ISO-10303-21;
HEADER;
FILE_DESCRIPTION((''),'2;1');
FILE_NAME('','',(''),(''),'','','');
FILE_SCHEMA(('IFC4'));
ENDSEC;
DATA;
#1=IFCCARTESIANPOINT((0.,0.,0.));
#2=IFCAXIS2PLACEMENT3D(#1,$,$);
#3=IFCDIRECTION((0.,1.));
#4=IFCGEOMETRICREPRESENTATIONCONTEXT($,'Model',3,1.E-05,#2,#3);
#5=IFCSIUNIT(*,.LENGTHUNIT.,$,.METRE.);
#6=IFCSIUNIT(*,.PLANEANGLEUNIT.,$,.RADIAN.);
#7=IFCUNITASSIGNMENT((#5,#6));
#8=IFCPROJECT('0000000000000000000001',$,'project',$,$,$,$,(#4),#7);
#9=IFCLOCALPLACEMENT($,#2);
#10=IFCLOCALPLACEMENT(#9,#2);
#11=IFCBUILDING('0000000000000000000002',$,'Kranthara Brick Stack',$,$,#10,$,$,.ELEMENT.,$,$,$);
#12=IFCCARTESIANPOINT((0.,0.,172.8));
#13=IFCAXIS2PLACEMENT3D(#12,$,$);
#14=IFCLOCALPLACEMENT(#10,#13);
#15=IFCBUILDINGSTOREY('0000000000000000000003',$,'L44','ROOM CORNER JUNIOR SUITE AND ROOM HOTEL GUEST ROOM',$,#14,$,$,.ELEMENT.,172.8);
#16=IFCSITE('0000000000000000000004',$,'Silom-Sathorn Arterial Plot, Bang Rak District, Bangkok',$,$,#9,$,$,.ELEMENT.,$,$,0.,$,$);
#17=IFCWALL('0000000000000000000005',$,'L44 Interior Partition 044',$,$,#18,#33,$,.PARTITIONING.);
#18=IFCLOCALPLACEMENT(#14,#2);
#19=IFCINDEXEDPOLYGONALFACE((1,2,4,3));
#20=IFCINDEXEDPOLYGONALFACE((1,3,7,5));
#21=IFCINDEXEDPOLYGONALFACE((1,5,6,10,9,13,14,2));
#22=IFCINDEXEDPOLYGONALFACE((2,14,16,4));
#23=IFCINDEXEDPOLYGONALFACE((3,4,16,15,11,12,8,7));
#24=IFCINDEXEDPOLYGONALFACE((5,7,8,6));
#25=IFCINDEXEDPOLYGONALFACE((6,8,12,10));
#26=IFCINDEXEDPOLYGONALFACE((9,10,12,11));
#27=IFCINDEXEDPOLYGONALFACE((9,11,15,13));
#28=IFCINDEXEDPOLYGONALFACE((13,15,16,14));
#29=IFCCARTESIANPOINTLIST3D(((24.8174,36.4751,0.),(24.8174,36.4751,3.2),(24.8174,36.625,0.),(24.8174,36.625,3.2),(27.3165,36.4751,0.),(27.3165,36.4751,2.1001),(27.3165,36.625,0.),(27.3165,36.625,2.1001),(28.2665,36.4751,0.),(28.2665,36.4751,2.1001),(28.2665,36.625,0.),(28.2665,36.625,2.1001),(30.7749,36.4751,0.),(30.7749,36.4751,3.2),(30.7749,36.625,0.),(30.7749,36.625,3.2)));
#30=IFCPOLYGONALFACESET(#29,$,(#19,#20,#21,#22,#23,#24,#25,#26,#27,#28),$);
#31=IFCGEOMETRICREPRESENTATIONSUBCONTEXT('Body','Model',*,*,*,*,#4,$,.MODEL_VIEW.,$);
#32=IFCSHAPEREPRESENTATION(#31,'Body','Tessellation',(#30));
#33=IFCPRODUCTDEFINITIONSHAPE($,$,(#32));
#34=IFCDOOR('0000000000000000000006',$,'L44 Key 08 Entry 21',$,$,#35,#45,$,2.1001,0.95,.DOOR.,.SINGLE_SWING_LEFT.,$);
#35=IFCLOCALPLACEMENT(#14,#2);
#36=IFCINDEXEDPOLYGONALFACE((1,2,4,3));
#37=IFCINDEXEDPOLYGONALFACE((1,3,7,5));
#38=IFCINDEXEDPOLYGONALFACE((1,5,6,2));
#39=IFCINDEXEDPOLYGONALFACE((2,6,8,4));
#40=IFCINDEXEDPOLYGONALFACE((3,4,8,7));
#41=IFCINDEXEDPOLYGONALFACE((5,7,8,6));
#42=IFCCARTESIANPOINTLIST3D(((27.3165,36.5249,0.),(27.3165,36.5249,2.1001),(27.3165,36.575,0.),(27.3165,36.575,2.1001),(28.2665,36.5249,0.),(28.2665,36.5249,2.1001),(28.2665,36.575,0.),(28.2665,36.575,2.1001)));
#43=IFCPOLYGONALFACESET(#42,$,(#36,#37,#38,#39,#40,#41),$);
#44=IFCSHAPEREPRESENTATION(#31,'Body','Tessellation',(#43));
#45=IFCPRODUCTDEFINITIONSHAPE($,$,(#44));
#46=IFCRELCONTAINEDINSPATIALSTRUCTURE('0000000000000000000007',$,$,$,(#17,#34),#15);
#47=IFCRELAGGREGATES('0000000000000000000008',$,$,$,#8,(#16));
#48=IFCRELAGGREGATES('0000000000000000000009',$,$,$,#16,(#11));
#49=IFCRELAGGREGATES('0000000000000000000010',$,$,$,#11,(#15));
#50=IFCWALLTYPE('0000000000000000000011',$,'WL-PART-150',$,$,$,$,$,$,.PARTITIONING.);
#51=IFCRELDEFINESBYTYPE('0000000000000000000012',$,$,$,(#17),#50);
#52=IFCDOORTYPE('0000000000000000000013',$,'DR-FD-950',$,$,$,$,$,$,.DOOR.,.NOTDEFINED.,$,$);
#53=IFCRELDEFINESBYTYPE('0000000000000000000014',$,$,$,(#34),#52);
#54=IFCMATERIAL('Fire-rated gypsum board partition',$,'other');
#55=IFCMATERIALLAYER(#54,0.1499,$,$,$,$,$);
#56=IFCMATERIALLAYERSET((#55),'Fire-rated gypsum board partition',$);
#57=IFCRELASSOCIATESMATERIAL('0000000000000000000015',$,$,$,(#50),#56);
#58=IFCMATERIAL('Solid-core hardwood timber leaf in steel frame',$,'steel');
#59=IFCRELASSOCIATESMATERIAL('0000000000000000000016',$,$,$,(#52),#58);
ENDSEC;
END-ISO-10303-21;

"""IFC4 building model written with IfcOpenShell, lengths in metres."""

from ifc_helpers import new_model, si_unit, direction, frame, frame_2d, origin, place, context, subcontext, project, spatial, rectangle, extrude, material, layer, layer_set, type_object, element, fill, save


model = new_model("IFC4")

# Units and contexts
model_context = context("Model", 3, precision=1e-05, world=origin(), true_north=direction((0.0, 1.0)))
body_context = subcontext(model_context, "Body", "Model", "MODEL_VIEW")
ifc_project = project(units=[si_unit("LENGTHUNIT", "METRE"), si_unit("PLANEANGLEUNIT", "RADIAN")], contexts=[model_context])

# Site, building, storey
site_placement = place(None, origin())
site = spatial("IfcSite", under=ifc_project, at=site_placement, Name="Silom-Sathorn Arterial Plot, Bang Rak District, Bangkok", CompositionType="ELEMENT", RefElevation=0.0)
building_placement = place(site_placement, origin())
building = spatial("IfcBuilding", under=site, at=building_placement, Name="Kranthara Brick Stack", CompositionType="ELEMENT")
storey_placement = place(building_placement, frame((0.0, 0.0, 172.8)))
storey = spatial("IfcBuildingStorey", under=building, at=storey_placement, Name="L44", Description="ROOM CORNER JUNIOR SUITE AND ROOM HOTEL GUEST ROOM", CompositionType="ELEMENT", Elevation=172.8)

# Shared definitions
ifc_material_1 = material(Name="Fire-rated gypsum board partition", Category="other")
ifc_layer_1 = layer(ifc_material_1, 0.1499)
ifc_layer_set_1 = layer_set([ifc_layer_1], Name="Fire-rated gypsum board partition")
wall_type_1 = type_object("IfcWallType", Name="WL-PART-150", PredefinedType="PARTITIONING", material=ifc_layer_set_1)

# Shared definitions
ifc_material_2 = material(Name="Solid-core hardwood timber leaf in steel frame", Category="steel")
door_type_1 = type_object("IfcDoorType", Name="DR-FD-950", OperationType="NOTDEFINED", PredefinedType="DOOR", material=ifc_material_2)

# Wall, opening, door
wall_1_placement = place(storey_placement, frame((24.8174, 36.55, 0.0), z_axis=(0.0, 0.0, 1.0), x_axis=(1.0, 0.0, 0.0)))
wall_1 = element("IfcWall", 1, at=wall_1_placement, inside=storey, type_object=wall_type_1, Name="L44 Interior Partition 044", PredefinedType="PARTITIONING", context=body_context, shape_type="SweptSolid", body=[
    extrude(rectangle(XDim=5.9575, YDim=0.1499, at=frame_2d((2.9788, 0.0))), origin(), (0.0, 0.0, 1.0), 3.2),
])
opening_1_placement = place(wall_1_placement, frame((2.499, 0.0, 0.0)))
opening_1 = element("IfcOpeningElement", 2, at=opening_1_placement, cuts=wall_1, PredefinedType="OPENING", context=body_context, shape_type="SweptSolid", body=[
    extrude(rectangle(XDim=0.95, YDim=2.1001, at=frame_2d((0.4751, 1.05))), frame((0.0, 0.085, 0.0), z_axis=(0.0, -1.0, 0.0), x_axis=(1.0, 0.0, 0.0)), (0.0, 0.0, 1.0), 0.1699),
])
door_1_placement = place(opening_1_placement, origin())
door_1 = element("IfcDoor", 3, at=door_1_placement, inside=storey, type_object=door_type_1, Name="L44 Key 08 Entry 21", OperationType="SINGLE_SWING_LEFT", OverallHeight=2.1001, OverallWidth=0.95, PredefinedType="DOOR", context=body_context, shape_type="SweptSolid", body=[
    extrude(rectangle(XDim=0.95, YDim=2.1001, at=frame_2d((0.4751, 1.05))), frame((0.0, 0.0249, 0.0), z_axis=(0.0, -1.0, 0.0), x_axis=(1.0, 0.0, 0.0)), (0.0, 0.0, 1.0), 0.05),
])
fill(opening_1, door_1)

save(model, "model.ifc")
